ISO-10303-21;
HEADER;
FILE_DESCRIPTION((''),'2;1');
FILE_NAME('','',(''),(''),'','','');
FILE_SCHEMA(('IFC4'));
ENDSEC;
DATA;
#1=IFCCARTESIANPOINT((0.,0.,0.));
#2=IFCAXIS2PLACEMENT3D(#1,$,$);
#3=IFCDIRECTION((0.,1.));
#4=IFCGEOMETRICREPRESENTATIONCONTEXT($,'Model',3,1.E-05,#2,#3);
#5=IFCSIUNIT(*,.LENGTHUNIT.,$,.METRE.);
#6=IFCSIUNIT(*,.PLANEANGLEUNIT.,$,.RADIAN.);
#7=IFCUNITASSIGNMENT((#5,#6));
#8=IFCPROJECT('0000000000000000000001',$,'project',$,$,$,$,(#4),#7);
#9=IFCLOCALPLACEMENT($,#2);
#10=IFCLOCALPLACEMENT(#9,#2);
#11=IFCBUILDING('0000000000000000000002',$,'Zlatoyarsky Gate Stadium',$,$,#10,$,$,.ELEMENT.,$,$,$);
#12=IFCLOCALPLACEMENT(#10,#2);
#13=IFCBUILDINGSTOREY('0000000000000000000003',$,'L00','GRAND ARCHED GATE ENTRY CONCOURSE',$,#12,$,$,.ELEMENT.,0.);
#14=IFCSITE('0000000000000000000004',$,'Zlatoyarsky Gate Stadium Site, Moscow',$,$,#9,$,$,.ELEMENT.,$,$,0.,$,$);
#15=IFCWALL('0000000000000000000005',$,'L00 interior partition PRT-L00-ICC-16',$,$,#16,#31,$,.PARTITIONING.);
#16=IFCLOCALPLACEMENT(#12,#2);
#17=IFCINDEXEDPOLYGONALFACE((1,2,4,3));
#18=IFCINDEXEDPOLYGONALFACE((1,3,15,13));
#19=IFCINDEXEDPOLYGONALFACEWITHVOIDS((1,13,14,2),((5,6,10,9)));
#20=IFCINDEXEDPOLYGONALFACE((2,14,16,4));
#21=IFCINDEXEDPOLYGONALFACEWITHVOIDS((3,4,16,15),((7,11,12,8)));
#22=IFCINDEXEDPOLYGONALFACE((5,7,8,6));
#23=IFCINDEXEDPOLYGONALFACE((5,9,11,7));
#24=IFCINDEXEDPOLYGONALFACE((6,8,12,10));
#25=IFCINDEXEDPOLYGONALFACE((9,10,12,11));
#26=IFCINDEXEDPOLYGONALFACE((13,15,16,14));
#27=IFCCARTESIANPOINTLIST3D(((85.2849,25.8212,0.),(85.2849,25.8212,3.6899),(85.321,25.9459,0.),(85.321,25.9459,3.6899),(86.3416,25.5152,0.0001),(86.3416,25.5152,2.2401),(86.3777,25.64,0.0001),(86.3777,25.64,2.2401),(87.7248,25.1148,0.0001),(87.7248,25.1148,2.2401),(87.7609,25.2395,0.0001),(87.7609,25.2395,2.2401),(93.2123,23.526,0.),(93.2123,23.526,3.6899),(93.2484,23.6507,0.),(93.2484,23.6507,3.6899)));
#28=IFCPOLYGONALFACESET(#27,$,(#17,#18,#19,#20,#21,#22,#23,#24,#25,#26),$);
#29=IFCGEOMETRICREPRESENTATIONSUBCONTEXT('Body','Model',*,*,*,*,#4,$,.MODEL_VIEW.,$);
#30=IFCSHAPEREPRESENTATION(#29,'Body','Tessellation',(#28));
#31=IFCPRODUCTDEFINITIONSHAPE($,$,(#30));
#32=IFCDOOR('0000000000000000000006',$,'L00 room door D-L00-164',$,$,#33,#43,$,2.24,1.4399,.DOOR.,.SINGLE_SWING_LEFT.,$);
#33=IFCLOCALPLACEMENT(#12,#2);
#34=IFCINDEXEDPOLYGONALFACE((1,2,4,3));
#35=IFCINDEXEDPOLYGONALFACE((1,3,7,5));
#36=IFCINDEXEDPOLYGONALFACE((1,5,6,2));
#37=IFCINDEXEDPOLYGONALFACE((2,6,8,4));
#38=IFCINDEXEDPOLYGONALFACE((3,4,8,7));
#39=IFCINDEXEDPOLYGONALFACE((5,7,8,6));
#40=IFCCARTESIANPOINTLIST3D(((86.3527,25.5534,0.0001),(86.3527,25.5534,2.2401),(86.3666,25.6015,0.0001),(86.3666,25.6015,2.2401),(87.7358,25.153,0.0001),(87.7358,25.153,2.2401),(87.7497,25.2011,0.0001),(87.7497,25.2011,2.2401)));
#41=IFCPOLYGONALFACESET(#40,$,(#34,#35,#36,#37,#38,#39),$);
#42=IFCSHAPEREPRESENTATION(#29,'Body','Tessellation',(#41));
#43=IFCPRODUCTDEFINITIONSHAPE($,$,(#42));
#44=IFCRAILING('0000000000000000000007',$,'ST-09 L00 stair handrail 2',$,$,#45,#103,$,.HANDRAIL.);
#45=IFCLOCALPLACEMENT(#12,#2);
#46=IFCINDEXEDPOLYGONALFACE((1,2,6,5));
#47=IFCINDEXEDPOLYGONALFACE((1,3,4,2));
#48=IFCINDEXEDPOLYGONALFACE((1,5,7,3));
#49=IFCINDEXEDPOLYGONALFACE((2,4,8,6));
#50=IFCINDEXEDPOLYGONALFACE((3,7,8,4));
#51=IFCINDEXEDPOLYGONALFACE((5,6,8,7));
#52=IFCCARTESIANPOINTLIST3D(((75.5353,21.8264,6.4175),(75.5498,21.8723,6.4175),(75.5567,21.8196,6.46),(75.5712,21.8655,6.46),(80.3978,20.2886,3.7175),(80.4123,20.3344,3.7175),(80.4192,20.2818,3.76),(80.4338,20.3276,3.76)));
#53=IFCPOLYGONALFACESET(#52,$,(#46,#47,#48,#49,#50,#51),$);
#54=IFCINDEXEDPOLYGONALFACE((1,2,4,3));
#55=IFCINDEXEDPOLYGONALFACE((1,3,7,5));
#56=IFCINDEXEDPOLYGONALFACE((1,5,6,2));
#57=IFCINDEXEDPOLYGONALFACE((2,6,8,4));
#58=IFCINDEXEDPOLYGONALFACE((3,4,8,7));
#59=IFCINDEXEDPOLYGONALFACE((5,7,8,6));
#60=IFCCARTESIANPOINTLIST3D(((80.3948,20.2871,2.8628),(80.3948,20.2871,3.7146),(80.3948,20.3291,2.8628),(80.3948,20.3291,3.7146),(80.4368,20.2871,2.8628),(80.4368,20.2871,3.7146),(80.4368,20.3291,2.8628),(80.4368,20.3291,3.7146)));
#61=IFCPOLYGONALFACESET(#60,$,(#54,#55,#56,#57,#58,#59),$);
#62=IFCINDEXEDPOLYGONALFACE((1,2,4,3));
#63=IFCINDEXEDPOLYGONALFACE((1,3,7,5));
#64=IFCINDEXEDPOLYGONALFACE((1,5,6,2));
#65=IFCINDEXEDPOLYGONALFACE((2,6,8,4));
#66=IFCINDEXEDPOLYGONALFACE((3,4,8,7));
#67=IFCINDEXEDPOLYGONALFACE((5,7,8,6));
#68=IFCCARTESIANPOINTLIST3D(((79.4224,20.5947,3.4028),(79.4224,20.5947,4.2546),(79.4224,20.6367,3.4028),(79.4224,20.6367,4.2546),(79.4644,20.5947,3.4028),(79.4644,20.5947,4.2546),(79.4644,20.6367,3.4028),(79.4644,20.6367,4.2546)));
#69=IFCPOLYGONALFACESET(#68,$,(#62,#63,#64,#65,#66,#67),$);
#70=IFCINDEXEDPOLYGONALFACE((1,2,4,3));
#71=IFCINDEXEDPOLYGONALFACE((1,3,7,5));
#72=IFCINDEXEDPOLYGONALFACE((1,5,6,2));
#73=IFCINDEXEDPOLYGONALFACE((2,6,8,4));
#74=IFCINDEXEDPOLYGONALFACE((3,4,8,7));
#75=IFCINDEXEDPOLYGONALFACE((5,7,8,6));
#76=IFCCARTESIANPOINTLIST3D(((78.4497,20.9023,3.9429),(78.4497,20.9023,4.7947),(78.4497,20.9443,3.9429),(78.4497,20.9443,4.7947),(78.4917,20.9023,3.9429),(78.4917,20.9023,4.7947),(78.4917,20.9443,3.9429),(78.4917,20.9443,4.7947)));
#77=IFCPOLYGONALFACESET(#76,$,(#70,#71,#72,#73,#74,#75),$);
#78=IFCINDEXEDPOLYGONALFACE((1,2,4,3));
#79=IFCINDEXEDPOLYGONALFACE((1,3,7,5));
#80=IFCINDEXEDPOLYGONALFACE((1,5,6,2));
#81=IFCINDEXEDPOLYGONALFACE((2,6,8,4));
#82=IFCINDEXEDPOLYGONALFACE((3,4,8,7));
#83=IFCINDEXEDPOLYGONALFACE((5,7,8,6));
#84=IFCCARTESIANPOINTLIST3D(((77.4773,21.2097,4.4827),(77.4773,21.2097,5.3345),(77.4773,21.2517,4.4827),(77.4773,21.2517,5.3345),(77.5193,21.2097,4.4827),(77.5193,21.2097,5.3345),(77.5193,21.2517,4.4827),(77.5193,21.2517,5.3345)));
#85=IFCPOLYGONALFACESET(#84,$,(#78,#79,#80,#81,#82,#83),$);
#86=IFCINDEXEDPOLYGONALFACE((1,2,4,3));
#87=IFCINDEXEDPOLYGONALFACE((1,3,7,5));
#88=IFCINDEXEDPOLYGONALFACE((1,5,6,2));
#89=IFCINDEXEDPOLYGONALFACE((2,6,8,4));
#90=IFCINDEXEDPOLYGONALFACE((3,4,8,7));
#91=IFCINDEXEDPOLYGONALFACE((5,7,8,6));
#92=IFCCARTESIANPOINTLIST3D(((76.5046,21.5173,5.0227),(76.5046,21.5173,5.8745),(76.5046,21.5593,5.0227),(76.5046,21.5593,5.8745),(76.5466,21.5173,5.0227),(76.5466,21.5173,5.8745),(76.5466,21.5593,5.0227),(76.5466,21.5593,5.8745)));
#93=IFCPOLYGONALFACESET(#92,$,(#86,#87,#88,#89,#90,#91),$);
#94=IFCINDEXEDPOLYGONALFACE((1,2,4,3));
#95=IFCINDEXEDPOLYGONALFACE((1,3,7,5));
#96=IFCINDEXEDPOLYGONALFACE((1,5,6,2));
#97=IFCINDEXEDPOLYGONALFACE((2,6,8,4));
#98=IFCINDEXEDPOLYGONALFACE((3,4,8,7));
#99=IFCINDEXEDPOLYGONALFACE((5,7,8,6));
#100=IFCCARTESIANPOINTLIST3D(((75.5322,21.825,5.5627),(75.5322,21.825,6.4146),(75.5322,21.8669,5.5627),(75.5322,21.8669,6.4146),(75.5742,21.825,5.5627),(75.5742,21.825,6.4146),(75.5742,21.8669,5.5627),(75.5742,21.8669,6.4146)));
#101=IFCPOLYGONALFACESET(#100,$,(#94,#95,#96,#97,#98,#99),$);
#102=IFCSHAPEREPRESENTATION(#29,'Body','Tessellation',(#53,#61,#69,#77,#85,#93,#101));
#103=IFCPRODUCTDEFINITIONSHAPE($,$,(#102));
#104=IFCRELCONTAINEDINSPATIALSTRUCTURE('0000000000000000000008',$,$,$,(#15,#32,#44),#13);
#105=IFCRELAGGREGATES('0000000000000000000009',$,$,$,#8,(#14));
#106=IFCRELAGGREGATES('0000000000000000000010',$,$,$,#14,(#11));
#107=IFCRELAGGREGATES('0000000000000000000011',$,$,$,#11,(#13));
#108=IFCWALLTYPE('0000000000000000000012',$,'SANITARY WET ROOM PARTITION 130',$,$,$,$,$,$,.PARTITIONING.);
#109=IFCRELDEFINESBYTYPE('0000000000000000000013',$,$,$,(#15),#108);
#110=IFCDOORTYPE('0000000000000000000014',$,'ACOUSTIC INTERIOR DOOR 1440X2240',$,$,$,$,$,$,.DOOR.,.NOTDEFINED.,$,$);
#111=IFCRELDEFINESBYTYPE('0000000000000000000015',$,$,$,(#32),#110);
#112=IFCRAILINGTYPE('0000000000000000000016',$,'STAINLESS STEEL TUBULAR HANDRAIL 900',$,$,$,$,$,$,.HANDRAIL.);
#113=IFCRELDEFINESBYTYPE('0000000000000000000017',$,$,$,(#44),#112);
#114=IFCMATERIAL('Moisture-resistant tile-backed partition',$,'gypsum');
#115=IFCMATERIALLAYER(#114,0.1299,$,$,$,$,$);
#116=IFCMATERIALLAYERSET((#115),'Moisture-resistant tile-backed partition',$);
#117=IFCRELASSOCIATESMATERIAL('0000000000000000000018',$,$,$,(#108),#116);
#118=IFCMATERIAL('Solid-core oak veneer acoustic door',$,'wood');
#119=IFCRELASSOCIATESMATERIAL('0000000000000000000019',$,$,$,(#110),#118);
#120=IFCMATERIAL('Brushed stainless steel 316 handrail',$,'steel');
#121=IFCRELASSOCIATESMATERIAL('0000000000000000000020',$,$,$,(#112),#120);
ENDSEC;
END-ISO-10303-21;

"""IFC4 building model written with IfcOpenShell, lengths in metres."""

from ifc_helpers import new_model, si_unit, direction, frame, frame_2d, origin, origin_2d, place, context, subcontext, project, spatial, rectangle, extrude, material, layer, layer_set, type_object, element, fill, save


model = new_model("IFC4")

# Units and contexts
model_context = context("Model", 3, precision=1e-05, world=origin(), true_north=direction((0.0, 1.0)))
body_context = subcontext(model_context, "Body", "Model", "MODEL_VIEW")
ifc_project = project(units=[si_unit("LENGTHUNIT", "METRE"), si_unit("PLANEANGLEUNIT", "RADIAN")], contexts=[model_context])

# Site, building, storey
site_placement = place(None, origin())
site = spatial("IfcSite", under=ifc_project, at=site_placement, Name="Zlatoyarsky Gate Stadium Site, Moscow", CompositionType="ELEMENT", RefElevation=0.0)
building_placement = place(site_placement, origin())
building = spatial("IfcBuilding", under=site, at=building_placement, Name="Zlatoyarsky Gate Stadium", CompositionType="ELEMENT")
storey_placement = place(building_placement, origin())
storey = spatial("IfcBuildingStorey", under=building, at=storey_placement, Name="L00", Description="GRAND ARCHED GATE ENTRY CONCOURSE", CompositionType="ELEMENT", Elevation=0.0)

# Shared definitions
ifc_material_1 = material(Name="Solid-core oak veneer acoustic door", Category="wood")
ifc_material_2 = material(Name="Moisture-resistant tile-backed partition", Category="gypsum")
ifc_layer_1 = layer(ifc_material_2, 0.1299)
ifc_layer_set_1 = layer_set([ifc_layer_1], Name="Moisture-resistant tile-backed partition")
wall_type_1 = type_object("IfcWallType", Name="SANITARY WET ROOM PARTITION 130", PredefinedType="PARTITIONING", material=ifc_layer_set_1)

# Wall, opening, door
wall_1_placement = place(storey_placement, frame((85.303, 25.8835, 0.0), z_axis=(0.0, 0.0, 1.0), x_axis=(0.96055, -0.278107, 0.0)))
wall_1 = element("IfcWall", 1, at=wall_1_placement, inside=storey, type_object=wall_type_1, Name="L00 interior partition PRT-L00-ICC-16", PredefinedType="PARTITIONING", context=body_context, shape_type="SweptSolid", body=[
    extrude(rectangle(XDim=8.2529, YDim=0.1299, at=frame_2d((4.1265, 0.0))), origin(), (0.0, 0.0, 1.0), 3.6899),
])
opening_1_placement = place(wall_1_placement, frame((1.1001, 0.0, 0.0)))
opening_1 = element("IfcOpeningElement", 2, at=opening_1_placement, cuts=wall_1, PredefinedType="OPENING", context=body_context, shape_type="SweptSolid", body=[
    extrude(rectangle(XDim=1.4399, YDim=2.24, at=frame_2d((0.72, 1.1201))), frame((0.0, 0.075, 0.0), z_axis=(0.0, -1.0, 0.0), x_axis=(1.0, 0.0, 0.0)), (0.0, 0.0, 1.0), 0.1499),
])
door_type_1 = type_object("IfcDoorType", Name="ACOUSTIC INTERIOR DOOR 1440X2240", OperationType="NOTDEFINED", PredefinedType="DOOR", material=ifc_material_1)
door_1_placement = place(opening_1_placement, origin())
door_1 = element("IfcDoor", 3, at=door_1_placement, inside=storey, type_object=door_type_1, Name="L00 room door D-L00-164", OperationType="SINGLE_SWING_LEFT", OverallHeight=2.24, OverallWidth=1.4399, PredefinedType="DOOR", context=body_context, shape_type="SweptSolid", body=[
    extrude(rectangle(XDim=1.4399, YDim=2.24, at=frame_2d((0.72, 1.1201))), frame((0.0, 0.0249, 0.0), z_axis=(0.0, -1.0, 0.0), x_axis=(1.0, 0.0, 0.0)), (0.0, 0.0, 1.0), 0.05),
])
fill(opening_1, door_1)

# Railing
ifc_material_3 = material(Name="Brushed stainless steel 316 handrail", Category="steel")
railing_type = type_object("IfcRailingType", Name="STAINLESS STEEL TUBULAR HANDRAIL 900", PredefinedType="HANDRAIL", material=ifc_material_3)
railing_placement = place(storey_placement, frame((80.4158, 20.3081, 2.8628)))
element("IfcRailing", 4, at=railing_placement, inside=storey, type_object=railing_type, Name="ST-09 L00 stair handrail 2", PredefinedType="HANDRAIL", context=body_context, shape_type="SweptSolid", body=[
    extrude(rectangle(XDim=0.0481, YDim=0.0481, at=origin_2d()), frame((0.0, 0.0, 0.876), z_axis=(-0.842651, 0.266499, 0.467886), x_axis=(-0.301541, -0.953453, 0.0)), (0.0, 0.0, 1.0), 5.7705),
    extrude(rectangle(XDim=0.042, YDim=0.042, at=origin_2d()), origin(), (0.0, 0.0, 1.0), 0.8518),
    extrude(rectangle(XDim=0.042, YDim=0.042, at=origin_2d()), frame((-0.9724, 0.3076, 0.54)), (0.0, 0.0, 1.0), 0.8518),
    extrude(rectangle(XDim=0.042, YDim=0.042, at=origin_2d()), frame((-1.9451, 0.6152, 1.0801)), (0.0, 0.0, 1.0), 0.8518),
    extrude(rectangle(XDim=0.042, YDim=0.042, at=origin_2d()), frame((-2.9175, 0.9226, 1.6199)), (0.0, 0.0, 1.0), 0.8518),
    extrude(rectangle(XDim=0.042, YDim=0.042, at=origin_2d()), frame((-3.8901, 1.2302, 2.1599)), (0.0, 0.0, 1.0), 0.8518),
    extrude(rectangle(XDim=0.042, YDim=0.042, at=origin_2d()), frame((-4.8625, 1.5378, 2.7)), (0.0, 0.0, 1.0), 0.8518),
])

save(model, "model.ifc")
